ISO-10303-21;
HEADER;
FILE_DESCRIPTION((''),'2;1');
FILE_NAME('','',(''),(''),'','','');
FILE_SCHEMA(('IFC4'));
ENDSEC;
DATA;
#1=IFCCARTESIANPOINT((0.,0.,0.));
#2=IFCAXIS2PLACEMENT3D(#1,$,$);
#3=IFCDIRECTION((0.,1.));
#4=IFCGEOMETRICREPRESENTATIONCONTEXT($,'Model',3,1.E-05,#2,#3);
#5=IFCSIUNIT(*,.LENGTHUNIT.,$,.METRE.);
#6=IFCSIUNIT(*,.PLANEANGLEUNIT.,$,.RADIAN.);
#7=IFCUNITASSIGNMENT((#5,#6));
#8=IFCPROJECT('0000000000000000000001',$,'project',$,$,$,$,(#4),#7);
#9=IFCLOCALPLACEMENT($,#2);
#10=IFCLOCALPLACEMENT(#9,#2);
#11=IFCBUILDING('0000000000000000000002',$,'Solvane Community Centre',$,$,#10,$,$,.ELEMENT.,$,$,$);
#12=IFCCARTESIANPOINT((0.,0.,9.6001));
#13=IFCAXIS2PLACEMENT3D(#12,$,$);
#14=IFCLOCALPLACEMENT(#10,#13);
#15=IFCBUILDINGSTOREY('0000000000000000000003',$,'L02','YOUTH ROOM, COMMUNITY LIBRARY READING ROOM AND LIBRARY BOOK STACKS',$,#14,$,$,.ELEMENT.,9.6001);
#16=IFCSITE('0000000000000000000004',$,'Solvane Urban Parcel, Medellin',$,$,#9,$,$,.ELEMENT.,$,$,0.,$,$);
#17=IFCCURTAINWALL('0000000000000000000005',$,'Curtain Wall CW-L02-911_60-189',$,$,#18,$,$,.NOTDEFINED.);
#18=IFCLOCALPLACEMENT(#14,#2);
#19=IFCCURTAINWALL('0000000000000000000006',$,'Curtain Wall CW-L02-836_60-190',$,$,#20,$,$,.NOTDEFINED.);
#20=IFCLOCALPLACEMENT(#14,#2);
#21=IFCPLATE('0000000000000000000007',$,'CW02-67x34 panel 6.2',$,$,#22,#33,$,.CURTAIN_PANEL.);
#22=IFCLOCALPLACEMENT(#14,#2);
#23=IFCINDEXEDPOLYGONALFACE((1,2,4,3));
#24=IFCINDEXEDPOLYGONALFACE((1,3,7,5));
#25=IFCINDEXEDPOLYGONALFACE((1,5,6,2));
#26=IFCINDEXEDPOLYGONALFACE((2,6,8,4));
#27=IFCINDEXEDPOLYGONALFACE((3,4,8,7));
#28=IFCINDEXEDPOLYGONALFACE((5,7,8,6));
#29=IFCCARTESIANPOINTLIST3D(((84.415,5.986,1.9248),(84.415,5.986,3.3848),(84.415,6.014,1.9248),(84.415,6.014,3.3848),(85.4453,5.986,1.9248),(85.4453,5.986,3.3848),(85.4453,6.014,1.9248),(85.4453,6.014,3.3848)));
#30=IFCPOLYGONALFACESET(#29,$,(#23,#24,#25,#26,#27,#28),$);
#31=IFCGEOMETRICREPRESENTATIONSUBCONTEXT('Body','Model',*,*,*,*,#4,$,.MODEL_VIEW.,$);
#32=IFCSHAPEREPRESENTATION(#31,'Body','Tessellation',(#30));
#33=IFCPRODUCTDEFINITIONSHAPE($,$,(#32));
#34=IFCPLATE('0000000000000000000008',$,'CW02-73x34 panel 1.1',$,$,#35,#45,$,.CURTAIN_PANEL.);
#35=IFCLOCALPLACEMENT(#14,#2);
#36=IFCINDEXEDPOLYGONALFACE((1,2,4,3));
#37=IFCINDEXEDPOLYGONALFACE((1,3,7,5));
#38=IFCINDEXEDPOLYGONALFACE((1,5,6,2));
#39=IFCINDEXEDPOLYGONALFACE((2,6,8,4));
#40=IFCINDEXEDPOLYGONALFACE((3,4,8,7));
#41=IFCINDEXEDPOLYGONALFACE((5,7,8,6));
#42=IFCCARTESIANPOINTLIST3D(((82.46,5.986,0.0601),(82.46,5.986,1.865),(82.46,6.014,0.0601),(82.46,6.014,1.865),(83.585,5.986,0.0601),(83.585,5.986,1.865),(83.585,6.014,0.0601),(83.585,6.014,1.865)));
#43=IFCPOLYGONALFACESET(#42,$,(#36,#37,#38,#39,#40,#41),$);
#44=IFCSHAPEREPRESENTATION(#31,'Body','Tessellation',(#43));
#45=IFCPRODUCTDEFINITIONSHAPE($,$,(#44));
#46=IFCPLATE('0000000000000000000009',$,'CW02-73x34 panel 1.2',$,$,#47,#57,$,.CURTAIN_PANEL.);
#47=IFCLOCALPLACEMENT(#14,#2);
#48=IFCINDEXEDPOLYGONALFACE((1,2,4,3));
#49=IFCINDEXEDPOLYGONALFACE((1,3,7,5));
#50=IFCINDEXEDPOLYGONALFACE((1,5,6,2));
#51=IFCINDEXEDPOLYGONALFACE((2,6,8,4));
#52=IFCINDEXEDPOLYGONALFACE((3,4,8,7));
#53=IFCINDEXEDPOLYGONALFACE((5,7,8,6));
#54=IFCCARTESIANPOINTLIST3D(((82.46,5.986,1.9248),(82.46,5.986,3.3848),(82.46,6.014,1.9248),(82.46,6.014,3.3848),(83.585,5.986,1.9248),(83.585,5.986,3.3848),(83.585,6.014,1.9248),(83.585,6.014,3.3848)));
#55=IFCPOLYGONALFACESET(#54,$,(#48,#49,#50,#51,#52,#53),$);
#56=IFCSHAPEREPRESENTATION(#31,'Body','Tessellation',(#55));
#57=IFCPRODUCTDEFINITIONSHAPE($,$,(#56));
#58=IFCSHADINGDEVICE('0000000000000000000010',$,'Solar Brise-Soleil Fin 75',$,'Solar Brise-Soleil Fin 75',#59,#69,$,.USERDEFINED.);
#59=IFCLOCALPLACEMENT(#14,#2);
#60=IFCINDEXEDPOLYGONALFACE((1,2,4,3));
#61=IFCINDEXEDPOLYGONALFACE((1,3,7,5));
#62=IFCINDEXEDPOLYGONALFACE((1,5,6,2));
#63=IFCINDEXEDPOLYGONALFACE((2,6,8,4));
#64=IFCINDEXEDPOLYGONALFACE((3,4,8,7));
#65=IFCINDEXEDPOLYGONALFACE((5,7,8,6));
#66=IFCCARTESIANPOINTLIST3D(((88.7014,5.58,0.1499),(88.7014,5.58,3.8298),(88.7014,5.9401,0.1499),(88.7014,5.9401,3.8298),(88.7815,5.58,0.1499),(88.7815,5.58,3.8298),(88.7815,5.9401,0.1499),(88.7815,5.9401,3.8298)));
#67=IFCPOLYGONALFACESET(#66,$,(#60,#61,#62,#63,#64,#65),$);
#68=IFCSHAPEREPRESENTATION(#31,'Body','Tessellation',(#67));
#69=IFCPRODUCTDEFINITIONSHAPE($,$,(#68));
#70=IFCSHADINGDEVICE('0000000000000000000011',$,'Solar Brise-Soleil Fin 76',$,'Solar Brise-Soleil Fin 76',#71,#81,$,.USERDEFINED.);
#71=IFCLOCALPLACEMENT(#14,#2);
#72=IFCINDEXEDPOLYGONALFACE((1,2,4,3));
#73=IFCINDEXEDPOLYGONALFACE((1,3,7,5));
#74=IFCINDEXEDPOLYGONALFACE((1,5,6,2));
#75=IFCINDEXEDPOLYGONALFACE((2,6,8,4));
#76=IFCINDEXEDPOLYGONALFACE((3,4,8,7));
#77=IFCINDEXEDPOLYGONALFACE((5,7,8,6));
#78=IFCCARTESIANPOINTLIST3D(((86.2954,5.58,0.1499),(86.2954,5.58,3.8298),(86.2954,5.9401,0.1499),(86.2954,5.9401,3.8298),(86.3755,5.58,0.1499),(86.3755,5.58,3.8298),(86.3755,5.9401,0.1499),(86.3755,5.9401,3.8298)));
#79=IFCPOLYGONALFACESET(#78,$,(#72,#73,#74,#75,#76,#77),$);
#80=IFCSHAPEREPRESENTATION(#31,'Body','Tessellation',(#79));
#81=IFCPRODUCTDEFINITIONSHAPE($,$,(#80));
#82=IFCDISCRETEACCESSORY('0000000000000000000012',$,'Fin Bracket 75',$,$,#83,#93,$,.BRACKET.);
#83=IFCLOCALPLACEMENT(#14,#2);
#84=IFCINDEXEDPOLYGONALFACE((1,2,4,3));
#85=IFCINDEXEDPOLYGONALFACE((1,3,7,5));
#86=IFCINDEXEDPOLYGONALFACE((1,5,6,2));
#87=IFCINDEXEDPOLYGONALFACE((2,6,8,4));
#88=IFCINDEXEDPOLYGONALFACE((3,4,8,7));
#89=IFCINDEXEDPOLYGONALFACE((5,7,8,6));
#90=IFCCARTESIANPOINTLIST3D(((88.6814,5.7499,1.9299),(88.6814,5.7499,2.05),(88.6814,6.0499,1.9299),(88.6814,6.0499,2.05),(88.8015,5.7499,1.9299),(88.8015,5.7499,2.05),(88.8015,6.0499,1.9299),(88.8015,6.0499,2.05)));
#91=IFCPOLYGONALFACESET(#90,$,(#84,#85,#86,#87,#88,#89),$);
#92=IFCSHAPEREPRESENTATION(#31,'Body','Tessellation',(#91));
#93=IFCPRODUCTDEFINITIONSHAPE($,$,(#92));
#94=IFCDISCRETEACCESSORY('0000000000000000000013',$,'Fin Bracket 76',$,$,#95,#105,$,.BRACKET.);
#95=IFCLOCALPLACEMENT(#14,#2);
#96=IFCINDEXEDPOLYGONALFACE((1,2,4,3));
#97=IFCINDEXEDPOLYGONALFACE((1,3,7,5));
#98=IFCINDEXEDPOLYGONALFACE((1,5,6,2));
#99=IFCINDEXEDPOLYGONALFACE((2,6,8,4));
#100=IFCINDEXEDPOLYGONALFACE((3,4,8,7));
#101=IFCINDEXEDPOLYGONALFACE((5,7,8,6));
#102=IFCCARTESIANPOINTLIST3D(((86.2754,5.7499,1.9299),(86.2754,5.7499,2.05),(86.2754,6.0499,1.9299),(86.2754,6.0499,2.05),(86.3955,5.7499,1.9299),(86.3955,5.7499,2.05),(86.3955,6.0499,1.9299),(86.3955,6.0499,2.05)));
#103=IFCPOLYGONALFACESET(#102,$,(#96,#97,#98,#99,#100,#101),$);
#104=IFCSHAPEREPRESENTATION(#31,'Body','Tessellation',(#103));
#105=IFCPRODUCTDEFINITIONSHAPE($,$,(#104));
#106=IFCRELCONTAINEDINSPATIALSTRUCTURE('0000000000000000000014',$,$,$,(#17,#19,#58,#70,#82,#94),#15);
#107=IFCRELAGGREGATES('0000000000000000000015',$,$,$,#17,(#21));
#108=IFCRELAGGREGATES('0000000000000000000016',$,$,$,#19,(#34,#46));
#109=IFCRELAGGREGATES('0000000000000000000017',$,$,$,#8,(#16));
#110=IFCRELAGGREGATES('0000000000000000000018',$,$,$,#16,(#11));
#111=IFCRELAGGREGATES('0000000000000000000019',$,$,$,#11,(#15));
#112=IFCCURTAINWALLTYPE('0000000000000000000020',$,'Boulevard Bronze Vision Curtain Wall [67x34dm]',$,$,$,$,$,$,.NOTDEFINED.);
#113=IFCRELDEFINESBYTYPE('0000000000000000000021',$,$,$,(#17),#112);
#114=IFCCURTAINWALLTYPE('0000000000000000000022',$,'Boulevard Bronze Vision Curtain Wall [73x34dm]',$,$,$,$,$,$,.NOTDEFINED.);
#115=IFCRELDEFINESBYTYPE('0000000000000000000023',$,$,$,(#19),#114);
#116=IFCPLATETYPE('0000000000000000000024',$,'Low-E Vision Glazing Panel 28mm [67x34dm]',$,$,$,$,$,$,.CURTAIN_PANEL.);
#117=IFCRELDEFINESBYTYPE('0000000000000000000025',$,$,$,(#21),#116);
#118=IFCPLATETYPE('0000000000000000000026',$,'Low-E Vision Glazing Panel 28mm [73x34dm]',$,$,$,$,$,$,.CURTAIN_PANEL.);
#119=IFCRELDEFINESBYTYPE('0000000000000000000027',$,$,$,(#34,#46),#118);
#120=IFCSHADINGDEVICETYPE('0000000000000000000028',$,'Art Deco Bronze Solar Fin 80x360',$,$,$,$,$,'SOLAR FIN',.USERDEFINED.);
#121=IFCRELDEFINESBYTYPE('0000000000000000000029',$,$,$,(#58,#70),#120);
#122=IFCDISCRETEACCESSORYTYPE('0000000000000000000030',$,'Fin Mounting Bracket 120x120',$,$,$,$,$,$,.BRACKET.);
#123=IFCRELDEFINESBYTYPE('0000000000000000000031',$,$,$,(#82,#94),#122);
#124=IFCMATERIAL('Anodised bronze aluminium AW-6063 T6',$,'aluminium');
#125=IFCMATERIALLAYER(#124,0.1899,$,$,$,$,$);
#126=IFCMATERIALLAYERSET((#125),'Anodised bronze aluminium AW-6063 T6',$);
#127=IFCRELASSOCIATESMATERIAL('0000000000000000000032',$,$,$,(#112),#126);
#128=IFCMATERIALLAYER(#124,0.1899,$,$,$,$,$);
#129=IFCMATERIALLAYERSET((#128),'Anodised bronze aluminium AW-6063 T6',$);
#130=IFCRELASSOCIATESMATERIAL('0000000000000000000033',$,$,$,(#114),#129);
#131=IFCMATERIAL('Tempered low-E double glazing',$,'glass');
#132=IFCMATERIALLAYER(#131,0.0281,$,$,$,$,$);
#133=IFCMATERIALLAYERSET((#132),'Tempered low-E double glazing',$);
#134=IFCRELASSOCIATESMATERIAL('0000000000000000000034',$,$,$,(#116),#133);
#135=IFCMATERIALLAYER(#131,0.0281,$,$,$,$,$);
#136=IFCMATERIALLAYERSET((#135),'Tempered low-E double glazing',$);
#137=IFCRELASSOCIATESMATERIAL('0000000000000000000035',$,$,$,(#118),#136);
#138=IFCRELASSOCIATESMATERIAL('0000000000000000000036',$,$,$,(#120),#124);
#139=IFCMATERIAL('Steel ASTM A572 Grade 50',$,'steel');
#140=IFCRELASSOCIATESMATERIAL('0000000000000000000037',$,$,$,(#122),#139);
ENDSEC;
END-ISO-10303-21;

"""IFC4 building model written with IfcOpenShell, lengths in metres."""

from ifc_helpers import new_model, si_unit, direction, frame, origin, origin_2d, place, context, subcontext, project, spatial, rectangle, extrude, material, layer, layer_set, type_object, element, aggregate, save


model = new_model("IFC4")

# Units and contexts
model_context = context("Model", 3, precision=1e-05, world=origin(), true_north=direction((0.0, 1.0)))
body_context = subcontext(model_context, "Body", "Model", "MODEL_VIEW")
ifc_project = project(units=[si_unit("LENGTHUNIT", "METRE"), si_unit("PLANEANGLEUNIT", "RADIAN")], contexts=[model_context])

# Site, building, storey
site_placement = place(None, origin())
site = spatial("IfcSite", under=ifc_project, at=site_placement, Name="Solvane Urban Parcel, Medellin", CompositionType="ELEMENT", RefElevation=0.0)
building_placement = place(site_placement, origin())
building = spatial("IfcBuilding", under=site, at=building_placement, Name="Solvane Community Centre", CompositionType="ELEMENT")
storey_placement = place(building_placement, frame((0.0, 0.0, 9.6001)))
storey = spatial("IfcBuildingStorey", under=building, at=storey_placement, Name="L02", Description="YOUTH ROOM, COMMUNITY LIBRARY READING ROOM AND LIBRARY BOOK STACKS", CompositionType="ELEMENT", Elevation=9.6001)

# Curtain wall
ifc_material_1 = material(Name="Anodised bronze aluminium AW-6063 T6", Category="aluminium")
ifc_layer_1 = layer(ifc_material_1, 0.1899)
ifc_layer_set_1 = layer_set([ifc_layer_1], Name="Anodised bronze aluminium AW-6063 T6")
curtain_wall_type_1 = type_object("IfcCurtainWallType", Name="Boulevard Bronze Vision Curtain Wall [67x34dm]", PredefinedType="NOTDEFINED", material=ifc_layer_set_1)
curtain_wall_1_placement = place(storey_placement, origin())
curtain_wall_1 = element("IfcCurtainWall", 1, at=curtain_wall_1_placement, inside=storey, type_object=curtain_wall_type_1, Name="Curtain Wall CW-L02-911_60-189", PredefinedType="NOTDEFINED")

# Curtain wall
ifc_layer_2 = layer(ifc_material_1, 0.1899)
ifc_layer_set_2 = layer_set([ifc_layer_2], Name="Anodised bronze aluminium AW-6063 T6")
curtain_wall_type_2 = type_object("IfcCurtainWallType", Name="Boulevard Bronze Vision Curtain Wall [73x34dm]", PredefinedType="NOTDEFINED", material=ifc_layer_set_2)
curtain_wall_2_placement = place(storey_placement, origin())
curtain_wall_2 = element("IfcCurtainWall", 2, at=curtain_wall_2_placement, inside=storey, type_object=curtain_wall_type_2, Name="Curtain Wall CW-L02-836_60-190", PredefinedType="NOTDEFINED")

# Plates
ifc_material_2 = material(Name="Tempered low-E double glazing", Category="glass")
ifc_layer_3 = layer(ifc_material_2, 0.0281)
ifc_layer_set_3 = layer_set([ifc_layer_3], Name="Tempered low-E double glazing")
plate_type_1 = type_object("IfcPlateType", Name="Low-E Vision Glazing Panel 28mm [67x34dm]", PredefinedType="CURTAIN_PANEL", material=ifc_layer_set_3)
plate_1_placement = place(storey_placement, frame((84.9302, 6.0, 1.9248), z_axis=(0.0, 0.0, 1.0), x_axis=(-1.0, 0.0, 0.0)))
plate_1 = element("IfcPlate", 3, at=plate_1_placement, type_object=plate_type_1, Name="CW02-67x34 panel 6.2", PredefinedType="CURTAIN_PANEL", context=body_context, shape_type="SweptSolid", body=[
    extrude(rectangle(XDim=1.0303, YDim=0.0281, at=origin_2d()), origin(), (0.0, 0.0, 1.0), 1.46),
])
aggregate(curtain_wall_1, [plate_1])
ifc_layer_4 = layer(ifc_material_2, 0.0281)
ifc_layer_set_4 = layer_set([ifc_layer_4], Name="Tempered low-E double glazing")
plate_type_2 = type_object("IfcPlateType", Name="Low-E Vision Glazing Panel 28mm [73x34dm]", PredefinedType="CURTAIN_PANEL", material=ifc_layer_set_4)
plate_2_placement = place(storey_placement, frame((83.0225, 6.0, 0.0601), z_axis=(0.0, 0.0, 1.0), x_axis=(-1.0, 0.0, 0.0)))
plate_2 = element("IfcPlate", 4, at=plate_2_placement, type_object=plate_type_2, Name="CW02-73x34 panel 1.1", PredefinedType="CURTAIN_PANEL", context=body_context, shape_type="SweptSolid", body=[
    extrude(rectangle(XDim=1.125, YDim=0.0281, at=origin_2d()), origin(), (0.0, 0.0, 1.0), 1.8049),
])
plate_3_placement = place(storey_placement, frame((83.0225, 6.0, 1.9248), z_axis=(0.0, 0.0, 1.0), x_axis=(-1.0, 0.0, 0.0)))
plate_3 = element("IfcPlate", 5, at=plate_3_placement, type_object=plate_type_2, Name="CW02-73x34 panel 1.2", PredefinedType="CURTAIN_PANEL", context=body_context, shape_type="SweptSolid", body=[
    extrude(rectangle(XDim=1.125, YDim=0.0281, at=origin_2d()), origin(), (0.0, 0.0, 1.0), 1.46),
])
aggregate(curtain_wall_2, [plate_2, plate_3])

# Shading devices
shading_device_type = type_object("IfcShadingDeviceType", Name="Art Deco Bronze Solar Fin 80x360", ElementType="SOLAR FIN", PredefinedType="USERDEFINED", material=ifc_material_1)
shading_device_1_placement = place(storey_placement, frame((88.7415, 5.76, 0.1499), z_axis=(0.0, 0.0, 1.0), x_axis=(-1.0, 0.0, 0.0)))
element("IfcShadingDevice", 6, at=shading_device_1_placement, inside=storey, type_object=shading_device_type, Name="Solar Brise-Soleil Fin 75", ObjectType="Solar Brise-Soleil Fin 75", PredefinedType="USERDEFINED", context=body_context, shape_type="SweptSolid", body=[
    extrude(rectangle(XDim=0.0801, YDim=0.3601, at=origin_2d()), origin(), (0.0, 0.0, 1.0), 3.6799),
])
shading_device_2_placement = place(storey_placement, frame((86.3354, 5.76, 0.1499), z_axis=(0.0, 0.0, 1.0), x_axis=(-1.0, 0.0, 0.0)))
element("IfcShadingDevice", 7, at=shading_device_2_placement, inside=storey, type_object=shading_device_type, Name="Solar Brise-Soleil Fin 76", ObjectType="Solar Brise-Soleil Fin 76", PredefinedType="USERDEFINED", context=body_context, shape_type="SweptSolid", body=[
    extrude(rectangle(XDim=0.0801, YDim=0.3601, at=origin_2d()), origin(), (0.0, 0.0, 1.0), 3.6799),
])

# Discrete accessories
ifc_material_3 = material(Name="Steel ASTM A572 Grade 50", Category="steel")
discrete_accessory_type = type_object("IfcDiscreteAccessoryType", Name="Fin Mounting Bracket 120x120", PredefinedType="BRACKET", material=ifc_material_3)
for number, where, z_axis, x_axis, name in (
    (8, (88.7415, 5.8999, 1.9299), (0.0, 0.0, 1.0), (-1.0, 0.0, 0.0), "Fin Bracket 75"),
    (9, (86.3354, 5.8999, 1.9299), (0.0, 0.0, 1.0), (-1.0, 0.0, 0.0), "Fin Bracket 76"),
):
    element("IfcDiscreteAccessory", number, at=place(storey_placement, frame(where, z_axis=z_axis, x_axis=x_axis)), inside=storey, type_object=discrete_accessory_type, Name=name, PredefinedType="BRACKET", context=body_context, shape_type="SweptSolid", body=[
        extrude(rectangle(XDim=0.1201, YDim=0.3, at=origin_2d()), origin(), (0.0, 0.0, 1.0), 0.1201),
    ])

save(model, "model.ifc")
